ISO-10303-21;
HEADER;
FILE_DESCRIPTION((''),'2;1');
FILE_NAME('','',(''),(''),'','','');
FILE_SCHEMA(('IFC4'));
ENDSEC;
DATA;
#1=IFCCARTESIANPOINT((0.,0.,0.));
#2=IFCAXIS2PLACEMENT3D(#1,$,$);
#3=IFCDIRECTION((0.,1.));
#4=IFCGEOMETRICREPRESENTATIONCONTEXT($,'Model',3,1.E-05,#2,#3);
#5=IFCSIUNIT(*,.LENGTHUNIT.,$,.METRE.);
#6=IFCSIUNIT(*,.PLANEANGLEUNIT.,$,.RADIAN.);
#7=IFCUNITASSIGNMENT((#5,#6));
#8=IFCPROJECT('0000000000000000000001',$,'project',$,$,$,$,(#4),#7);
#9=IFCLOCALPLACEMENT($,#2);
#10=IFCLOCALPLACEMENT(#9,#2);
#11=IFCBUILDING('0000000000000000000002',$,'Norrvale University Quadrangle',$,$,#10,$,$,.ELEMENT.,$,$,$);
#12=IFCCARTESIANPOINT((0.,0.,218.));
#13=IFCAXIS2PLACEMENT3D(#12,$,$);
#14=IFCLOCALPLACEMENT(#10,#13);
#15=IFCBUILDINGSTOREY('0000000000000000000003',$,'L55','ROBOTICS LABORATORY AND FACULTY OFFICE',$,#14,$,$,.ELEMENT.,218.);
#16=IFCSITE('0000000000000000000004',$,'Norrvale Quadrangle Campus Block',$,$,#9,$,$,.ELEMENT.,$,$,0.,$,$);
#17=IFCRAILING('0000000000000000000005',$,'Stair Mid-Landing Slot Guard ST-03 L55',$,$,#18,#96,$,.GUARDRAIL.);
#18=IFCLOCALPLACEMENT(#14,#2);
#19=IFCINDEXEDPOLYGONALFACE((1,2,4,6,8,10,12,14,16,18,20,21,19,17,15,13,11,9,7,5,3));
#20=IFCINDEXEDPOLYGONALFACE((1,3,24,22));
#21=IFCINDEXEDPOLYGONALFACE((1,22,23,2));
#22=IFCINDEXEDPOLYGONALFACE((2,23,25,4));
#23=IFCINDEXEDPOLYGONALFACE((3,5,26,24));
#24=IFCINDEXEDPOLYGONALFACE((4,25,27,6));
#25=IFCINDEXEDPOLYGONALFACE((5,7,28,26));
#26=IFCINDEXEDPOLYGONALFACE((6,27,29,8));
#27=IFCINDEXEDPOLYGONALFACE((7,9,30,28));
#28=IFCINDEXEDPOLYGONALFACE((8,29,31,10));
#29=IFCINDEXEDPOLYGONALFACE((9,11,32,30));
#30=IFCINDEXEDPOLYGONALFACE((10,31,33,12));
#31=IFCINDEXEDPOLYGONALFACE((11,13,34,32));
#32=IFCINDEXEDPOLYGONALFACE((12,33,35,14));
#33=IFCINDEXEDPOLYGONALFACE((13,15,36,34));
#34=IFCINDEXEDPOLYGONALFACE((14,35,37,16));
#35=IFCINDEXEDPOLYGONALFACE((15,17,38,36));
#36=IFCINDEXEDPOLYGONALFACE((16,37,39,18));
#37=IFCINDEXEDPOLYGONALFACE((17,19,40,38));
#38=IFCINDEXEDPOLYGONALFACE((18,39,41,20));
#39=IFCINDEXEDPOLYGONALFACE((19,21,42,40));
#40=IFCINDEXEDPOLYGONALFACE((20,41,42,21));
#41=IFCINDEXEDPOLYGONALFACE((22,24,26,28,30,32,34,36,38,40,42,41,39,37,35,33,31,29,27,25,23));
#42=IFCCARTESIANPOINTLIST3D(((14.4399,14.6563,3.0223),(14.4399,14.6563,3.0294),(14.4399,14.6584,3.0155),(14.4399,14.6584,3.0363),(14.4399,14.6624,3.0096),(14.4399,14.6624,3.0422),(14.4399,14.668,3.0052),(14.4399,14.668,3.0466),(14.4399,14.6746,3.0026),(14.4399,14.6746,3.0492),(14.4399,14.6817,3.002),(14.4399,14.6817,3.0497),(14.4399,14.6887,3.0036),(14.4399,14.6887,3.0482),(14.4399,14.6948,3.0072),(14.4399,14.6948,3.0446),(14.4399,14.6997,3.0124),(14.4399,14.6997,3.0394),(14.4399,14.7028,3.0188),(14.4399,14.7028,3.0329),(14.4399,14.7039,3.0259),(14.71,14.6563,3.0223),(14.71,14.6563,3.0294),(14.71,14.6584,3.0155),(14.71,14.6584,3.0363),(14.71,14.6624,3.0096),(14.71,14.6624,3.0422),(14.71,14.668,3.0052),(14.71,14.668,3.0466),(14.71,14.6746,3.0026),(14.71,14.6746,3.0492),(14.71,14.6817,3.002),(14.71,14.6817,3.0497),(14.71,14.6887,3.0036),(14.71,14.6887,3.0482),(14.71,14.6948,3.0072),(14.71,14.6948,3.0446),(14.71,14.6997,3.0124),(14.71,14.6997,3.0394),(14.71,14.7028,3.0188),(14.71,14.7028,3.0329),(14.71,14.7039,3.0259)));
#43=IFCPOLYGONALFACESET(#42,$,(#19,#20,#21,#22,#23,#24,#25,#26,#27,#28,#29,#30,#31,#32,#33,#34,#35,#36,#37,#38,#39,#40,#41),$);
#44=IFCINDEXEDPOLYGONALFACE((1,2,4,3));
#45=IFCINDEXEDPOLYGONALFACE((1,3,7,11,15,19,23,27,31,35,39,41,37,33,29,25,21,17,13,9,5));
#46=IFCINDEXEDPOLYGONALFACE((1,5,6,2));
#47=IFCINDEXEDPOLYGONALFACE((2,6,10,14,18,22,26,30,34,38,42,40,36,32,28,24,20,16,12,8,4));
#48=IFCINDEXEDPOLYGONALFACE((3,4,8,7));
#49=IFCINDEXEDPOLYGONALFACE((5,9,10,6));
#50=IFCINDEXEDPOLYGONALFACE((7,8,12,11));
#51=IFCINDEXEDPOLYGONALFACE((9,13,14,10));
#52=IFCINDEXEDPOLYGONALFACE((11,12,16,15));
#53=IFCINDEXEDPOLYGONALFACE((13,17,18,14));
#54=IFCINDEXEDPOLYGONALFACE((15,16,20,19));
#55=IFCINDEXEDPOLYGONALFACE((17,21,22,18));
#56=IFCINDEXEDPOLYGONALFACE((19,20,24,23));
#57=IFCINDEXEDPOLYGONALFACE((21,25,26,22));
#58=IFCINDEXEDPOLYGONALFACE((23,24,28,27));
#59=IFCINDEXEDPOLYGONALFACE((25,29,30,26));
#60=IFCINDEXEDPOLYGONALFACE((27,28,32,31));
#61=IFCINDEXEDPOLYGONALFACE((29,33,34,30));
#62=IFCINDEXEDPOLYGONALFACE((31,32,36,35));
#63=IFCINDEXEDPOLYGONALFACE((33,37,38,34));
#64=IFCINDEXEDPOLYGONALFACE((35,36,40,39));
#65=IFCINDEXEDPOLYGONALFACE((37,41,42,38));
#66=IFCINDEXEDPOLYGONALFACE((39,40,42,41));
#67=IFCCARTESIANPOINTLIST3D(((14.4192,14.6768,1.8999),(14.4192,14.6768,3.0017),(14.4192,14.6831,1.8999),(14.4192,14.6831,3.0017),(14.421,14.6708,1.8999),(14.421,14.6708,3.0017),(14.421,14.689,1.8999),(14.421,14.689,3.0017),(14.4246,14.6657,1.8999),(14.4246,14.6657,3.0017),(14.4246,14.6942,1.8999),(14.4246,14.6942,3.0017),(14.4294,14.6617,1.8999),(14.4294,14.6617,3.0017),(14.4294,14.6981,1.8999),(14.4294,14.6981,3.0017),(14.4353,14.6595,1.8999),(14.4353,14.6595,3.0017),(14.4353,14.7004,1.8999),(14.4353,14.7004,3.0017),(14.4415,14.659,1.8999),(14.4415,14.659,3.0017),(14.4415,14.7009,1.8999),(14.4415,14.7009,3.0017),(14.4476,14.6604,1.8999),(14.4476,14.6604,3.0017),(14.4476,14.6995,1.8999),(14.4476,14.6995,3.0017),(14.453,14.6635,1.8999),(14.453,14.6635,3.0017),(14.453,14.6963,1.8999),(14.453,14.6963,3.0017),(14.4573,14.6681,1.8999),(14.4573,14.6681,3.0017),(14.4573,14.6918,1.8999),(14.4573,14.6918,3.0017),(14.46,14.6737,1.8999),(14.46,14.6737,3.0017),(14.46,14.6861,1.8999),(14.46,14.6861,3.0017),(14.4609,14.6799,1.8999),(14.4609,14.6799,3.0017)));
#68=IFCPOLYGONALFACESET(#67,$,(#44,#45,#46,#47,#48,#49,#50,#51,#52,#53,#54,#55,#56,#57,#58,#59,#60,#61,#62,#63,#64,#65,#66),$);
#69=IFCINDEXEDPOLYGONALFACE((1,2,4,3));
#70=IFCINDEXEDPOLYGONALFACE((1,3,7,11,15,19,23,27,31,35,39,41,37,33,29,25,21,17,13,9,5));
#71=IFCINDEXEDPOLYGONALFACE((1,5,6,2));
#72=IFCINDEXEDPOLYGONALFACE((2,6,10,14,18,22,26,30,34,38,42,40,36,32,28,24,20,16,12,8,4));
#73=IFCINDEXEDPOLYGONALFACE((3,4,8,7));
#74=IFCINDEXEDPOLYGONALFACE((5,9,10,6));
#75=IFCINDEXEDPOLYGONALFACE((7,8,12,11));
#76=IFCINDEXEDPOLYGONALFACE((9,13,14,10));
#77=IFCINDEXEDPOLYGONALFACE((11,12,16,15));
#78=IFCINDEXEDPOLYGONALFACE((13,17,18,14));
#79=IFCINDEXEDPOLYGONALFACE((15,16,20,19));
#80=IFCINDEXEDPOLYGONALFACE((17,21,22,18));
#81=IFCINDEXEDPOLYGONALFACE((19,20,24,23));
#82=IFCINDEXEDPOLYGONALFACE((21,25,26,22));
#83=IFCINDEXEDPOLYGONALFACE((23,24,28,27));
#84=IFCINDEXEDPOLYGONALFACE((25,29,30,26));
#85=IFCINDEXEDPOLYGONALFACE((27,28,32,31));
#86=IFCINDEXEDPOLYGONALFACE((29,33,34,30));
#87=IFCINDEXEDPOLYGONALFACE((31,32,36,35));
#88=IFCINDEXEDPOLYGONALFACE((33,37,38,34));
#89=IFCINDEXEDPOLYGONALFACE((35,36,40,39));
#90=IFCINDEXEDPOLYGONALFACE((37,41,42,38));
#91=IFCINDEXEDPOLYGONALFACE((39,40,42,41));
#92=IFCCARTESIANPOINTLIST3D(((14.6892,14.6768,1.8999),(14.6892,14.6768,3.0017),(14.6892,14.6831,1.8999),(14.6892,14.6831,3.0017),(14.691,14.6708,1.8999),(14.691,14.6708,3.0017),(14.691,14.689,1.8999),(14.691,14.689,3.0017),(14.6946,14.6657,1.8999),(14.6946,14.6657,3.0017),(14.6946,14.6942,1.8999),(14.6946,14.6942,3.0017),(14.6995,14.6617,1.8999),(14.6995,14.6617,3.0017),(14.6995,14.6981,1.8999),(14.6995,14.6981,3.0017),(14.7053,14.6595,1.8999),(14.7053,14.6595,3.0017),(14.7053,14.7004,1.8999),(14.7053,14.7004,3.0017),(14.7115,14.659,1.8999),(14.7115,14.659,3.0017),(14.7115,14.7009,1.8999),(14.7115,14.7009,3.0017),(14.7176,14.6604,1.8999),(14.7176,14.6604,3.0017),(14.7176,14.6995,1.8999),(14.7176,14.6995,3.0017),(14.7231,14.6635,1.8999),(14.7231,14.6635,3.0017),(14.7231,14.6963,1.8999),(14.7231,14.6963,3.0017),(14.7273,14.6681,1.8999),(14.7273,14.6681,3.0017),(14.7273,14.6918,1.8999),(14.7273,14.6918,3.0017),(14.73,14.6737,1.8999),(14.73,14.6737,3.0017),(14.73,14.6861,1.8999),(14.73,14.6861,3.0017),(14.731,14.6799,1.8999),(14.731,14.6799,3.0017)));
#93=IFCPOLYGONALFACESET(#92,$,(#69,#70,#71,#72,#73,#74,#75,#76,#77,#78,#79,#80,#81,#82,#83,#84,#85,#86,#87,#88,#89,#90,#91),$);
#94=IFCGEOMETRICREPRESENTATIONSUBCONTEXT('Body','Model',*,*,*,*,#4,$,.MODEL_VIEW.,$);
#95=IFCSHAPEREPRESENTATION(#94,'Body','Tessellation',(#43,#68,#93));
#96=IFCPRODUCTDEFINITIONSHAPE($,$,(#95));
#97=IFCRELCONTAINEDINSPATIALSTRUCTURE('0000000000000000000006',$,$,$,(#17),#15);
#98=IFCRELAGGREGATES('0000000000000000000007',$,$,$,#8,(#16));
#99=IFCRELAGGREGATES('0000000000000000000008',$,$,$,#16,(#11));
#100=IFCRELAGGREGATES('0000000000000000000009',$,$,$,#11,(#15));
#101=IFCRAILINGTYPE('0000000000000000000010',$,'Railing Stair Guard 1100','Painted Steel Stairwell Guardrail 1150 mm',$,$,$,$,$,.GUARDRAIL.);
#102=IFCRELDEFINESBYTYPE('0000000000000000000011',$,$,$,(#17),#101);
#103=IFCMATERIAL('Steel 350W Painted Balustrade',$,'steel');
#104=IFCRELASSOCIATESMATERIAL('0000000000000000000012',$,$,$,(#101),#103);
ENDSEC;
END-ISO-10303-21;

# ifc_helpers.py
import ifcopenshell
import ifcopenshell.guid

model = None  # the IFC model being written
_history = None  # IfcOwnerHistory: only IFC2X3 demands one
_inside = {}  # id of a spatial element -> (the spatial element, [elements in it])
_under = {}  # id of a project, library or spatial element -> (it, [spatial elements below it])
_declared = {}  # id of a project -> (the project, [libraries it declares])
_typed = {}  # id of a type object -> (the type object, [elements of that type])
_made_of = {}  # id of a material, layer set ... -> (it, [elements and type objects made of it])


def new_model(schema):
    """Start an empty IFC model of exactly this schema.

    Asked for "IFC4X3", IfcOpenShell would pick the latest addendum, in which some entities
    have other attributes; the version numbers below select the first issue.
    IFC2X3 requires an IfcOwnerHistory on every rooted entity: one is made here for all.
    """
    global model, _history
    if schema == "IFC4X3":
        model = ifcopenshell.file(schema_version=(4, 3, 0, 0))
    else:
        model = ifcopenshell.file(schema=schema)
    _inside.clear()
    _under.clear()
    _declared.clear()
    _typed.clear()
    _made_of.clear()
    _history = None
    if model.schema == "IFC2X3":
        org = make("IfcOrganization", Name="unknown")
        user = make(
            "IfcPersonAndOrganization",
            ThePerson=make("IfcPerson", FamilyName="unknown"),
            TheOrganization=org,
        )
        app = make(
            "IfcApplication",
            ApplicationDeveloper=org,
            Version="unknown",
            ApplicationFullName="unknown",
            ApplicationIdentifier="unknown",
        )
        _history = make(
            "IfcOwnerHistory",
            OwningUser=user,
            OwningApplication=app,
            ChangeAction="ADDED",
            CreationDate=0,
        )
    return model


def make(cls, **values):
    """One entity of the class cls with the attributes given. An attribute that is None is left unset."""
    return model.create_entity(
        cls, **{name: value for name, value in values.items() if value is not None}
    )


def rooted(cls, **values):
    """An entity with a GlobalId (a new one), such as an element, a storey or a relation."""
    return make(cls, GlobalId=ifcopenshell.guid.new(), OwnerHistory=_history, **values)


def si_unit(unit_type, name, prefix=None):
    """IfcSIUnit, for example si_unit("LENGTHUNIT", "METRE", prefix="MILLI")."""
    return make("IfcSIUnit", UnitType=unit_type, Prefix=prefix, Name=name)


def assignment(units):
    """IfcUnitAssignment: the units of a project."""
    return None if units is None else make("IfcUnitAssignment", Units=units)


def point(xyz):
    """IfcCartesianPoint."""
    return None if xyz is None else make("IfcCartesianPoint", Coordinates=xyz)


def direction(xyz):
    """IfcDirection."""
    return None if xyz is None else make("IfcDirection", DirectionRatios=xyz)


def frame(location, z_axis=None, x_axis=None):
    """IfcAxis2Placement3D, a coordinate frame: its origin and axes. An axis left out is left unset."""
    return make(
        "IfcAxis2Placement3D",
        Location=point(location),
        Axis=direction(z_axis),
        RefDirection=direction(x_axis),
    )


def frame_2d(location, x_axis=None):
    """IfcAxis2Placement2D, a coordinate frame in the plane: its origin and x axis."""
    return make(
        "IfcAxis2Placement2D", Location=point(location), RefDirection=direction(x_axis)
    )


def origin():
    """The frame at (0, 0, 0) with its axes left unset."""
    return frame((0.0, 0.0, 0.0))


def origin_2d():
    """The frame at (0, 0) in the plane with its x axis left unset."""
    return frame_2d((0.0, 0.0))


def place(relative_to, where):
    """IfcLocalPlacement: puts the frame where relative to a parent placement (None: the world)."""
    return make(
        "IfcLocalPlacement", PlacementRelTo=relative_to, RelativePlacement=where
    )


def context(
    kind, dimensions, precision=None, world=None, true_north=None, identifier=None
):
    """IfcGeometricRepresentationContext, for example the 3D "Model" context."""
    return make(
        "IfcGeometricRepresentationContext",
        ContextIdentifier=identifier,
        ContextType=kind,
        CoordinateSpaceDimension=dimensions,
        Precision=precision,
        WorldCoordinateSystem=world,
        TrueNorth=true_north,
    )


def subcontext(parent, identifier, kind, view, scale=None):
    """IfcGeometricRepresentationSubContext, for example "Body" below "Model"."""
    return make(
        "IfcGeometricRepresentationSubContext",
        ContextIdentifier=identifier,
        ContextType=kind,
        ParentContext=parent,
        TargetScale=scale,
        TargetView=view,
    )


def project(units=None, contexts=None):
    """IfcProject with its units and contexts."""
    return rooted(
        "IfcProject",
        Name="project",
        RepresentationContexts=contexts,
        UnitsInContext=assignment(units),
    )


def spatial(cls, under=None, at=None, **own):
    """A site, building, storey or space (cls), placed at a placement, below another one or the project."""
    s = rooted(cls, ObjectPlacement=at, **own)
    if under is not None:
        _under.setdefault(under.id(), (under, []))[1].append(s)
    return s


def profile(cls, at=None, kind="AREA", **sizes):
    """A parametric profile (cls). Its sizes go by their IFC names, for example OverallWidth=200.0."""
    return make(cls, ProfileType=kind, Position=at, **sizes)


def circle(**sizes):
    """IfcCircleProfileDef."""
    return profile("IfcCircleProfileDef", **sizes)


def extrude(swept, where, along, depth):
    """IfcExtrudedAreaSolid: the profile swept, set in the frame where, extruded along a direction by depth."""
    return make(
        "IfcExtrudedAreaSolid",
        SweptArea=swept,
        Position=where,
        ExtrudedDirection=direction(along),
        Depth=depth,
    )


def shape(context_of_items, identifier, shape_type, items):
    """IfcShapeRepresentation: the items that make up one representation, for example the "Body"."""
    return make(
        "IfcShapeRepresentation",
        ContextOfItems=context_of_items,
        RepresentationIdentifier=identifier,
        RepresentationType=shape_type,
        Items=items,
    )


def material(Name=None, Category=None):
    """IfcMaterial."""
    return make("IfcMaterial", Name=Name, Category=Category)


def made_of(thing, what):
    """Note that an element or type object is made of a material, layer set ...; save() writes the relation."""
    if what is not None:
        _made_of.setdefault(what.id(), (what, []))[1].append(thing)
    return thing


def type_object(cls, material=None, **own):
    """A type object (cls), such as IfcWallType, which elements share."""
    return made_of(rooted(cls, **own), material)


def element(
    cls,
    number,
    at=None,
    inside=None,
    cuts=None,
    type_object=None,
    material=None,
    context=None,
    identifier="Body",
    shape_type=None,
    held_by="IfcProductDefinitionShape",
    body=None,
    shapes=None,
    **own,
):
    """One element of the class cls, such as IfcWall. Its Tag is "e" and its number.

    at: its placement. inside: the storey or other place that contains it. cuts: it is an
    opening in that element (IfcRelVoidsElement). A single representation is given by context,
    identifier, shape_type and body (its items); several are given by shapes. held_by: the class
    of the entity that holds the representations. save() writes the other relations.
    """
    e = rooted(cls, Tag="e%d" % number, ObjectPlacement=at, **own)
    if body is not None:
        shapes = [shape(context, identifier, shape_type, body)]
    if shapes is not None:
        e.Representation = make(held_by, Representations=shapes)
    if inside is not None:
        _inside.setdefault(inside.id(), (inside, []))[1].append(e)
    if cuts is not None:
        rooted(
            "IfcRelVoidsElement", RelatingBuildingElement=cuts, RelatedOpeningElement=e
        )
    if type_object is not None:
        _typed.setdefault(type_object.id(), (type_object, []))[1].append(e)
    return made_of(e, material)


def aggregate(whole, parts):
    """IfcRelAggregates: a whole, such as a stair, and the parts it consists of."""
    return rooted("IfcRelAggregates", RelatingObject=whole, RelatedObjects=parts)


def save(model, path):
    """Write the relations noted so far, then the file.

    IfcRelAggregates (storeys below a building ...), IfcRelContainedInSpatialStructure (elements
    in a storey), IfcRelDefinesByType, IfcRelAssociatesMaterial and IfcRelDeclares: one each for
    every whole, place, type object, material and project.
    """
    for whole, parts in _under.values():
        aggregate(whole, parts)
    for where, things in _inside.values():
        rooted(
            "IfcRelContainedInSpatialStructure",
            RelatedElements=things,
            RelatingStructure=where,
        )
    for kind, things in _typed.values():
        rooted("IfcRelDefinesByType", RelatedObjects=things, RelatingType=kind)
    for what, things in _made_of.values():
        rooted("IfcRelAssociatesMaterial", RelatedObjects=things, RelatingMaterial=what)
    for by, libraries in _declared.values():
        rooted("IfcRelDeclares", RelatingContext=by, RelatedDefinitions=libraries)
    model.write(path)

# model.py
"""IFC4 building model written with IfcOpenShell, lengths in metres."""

from ifc_helpers import new_model, si_unit, direction, frame, origin, origin_2d, place, context, subcontext, project, spatial, circle, extrude, material, type_object, element, save


model = new_model("IFC4")

# Units and contexts
model_context = context("Model", 3, precision=1e-05, world=origin(), true_north=direction((0.0, 1.0)))
body_context = subcontext(model_context, "Body", "Model", "MODEL_VIEW")
ifc_project = project(units=[si_unit("LENGTHUNIT", "METRE"), si_unit("PLANEANGLEUNIT", "RADIAN")], contexts=[model_context])

# Site, building, storey
site_placement = place(None, origin())
site = spatial("IfcSite", under=ifc_project, at=site_placement, Name="Norrvale Quadrangle Campus Block", CompositionType="ELEMENT", RefElevation=0.0)
building_placement = place(site_placement, origin())
building = spatial("IfcBuilding", under=site, at=building_placement, Name="Norrvale University Quadrangle", CompositionType="ELEMENT")
storey_placement = place(building_placement, frame((0.0, 0.0, 218.0)))
storey = spatial("IfcBuildingStorey", under=building, at=storey_placement, Name="L55", Description="ROBOTICS LABORATORY AND FACULTY OFFICE", CompositionType="ELEMENT", Elevation=218.0)

# Railing
ifc_material_1 = material(Name="Steel 350W Painted Balustrade", Category="steel")
railing_type_1 = type_object("IfcRailingType", Name="Railing Stair Guard 1100", Description="Painted Steel Stairwell Guardrail 1150 mm", PredefinedType="GUARDRAIL", material=ifc_material_1)
for number, where, name in (
    (1, (14.4399, 14.6799, 1.8999), "Stair Mid-Landing Slot Guard ST-03 L55"),
):
    element("IfcRailing", number, at=place(storey_placement, frame(where)), inside=storey, type_object=railing_type_1, Name=name, PredefinedType="GUARDRAIL", context=body_context, shape_type="SweptSolid", body=[
        extrude(circle(Radius=0.0239, at=origin_2d()), frame((0.0, 0.0, 1.126), z_axis=(1.0, 0.0, 0.0), x_axis=(0.0, 1.0, 0.0)), (0.0, 0.0, 1.0), 0.27),
        extrude(circle(Radius=0.021, at=origin_2d()), origin(), (0.0, 0.0, 1.0), 1.1018),
        extrude(circle(Radius=0.021, at=origin_2d()), frame((0.27, 0.0, 0.0)), (0.0, 0.0, 1.0), 1.1018),
    ])

save(model, "model.ifc")
